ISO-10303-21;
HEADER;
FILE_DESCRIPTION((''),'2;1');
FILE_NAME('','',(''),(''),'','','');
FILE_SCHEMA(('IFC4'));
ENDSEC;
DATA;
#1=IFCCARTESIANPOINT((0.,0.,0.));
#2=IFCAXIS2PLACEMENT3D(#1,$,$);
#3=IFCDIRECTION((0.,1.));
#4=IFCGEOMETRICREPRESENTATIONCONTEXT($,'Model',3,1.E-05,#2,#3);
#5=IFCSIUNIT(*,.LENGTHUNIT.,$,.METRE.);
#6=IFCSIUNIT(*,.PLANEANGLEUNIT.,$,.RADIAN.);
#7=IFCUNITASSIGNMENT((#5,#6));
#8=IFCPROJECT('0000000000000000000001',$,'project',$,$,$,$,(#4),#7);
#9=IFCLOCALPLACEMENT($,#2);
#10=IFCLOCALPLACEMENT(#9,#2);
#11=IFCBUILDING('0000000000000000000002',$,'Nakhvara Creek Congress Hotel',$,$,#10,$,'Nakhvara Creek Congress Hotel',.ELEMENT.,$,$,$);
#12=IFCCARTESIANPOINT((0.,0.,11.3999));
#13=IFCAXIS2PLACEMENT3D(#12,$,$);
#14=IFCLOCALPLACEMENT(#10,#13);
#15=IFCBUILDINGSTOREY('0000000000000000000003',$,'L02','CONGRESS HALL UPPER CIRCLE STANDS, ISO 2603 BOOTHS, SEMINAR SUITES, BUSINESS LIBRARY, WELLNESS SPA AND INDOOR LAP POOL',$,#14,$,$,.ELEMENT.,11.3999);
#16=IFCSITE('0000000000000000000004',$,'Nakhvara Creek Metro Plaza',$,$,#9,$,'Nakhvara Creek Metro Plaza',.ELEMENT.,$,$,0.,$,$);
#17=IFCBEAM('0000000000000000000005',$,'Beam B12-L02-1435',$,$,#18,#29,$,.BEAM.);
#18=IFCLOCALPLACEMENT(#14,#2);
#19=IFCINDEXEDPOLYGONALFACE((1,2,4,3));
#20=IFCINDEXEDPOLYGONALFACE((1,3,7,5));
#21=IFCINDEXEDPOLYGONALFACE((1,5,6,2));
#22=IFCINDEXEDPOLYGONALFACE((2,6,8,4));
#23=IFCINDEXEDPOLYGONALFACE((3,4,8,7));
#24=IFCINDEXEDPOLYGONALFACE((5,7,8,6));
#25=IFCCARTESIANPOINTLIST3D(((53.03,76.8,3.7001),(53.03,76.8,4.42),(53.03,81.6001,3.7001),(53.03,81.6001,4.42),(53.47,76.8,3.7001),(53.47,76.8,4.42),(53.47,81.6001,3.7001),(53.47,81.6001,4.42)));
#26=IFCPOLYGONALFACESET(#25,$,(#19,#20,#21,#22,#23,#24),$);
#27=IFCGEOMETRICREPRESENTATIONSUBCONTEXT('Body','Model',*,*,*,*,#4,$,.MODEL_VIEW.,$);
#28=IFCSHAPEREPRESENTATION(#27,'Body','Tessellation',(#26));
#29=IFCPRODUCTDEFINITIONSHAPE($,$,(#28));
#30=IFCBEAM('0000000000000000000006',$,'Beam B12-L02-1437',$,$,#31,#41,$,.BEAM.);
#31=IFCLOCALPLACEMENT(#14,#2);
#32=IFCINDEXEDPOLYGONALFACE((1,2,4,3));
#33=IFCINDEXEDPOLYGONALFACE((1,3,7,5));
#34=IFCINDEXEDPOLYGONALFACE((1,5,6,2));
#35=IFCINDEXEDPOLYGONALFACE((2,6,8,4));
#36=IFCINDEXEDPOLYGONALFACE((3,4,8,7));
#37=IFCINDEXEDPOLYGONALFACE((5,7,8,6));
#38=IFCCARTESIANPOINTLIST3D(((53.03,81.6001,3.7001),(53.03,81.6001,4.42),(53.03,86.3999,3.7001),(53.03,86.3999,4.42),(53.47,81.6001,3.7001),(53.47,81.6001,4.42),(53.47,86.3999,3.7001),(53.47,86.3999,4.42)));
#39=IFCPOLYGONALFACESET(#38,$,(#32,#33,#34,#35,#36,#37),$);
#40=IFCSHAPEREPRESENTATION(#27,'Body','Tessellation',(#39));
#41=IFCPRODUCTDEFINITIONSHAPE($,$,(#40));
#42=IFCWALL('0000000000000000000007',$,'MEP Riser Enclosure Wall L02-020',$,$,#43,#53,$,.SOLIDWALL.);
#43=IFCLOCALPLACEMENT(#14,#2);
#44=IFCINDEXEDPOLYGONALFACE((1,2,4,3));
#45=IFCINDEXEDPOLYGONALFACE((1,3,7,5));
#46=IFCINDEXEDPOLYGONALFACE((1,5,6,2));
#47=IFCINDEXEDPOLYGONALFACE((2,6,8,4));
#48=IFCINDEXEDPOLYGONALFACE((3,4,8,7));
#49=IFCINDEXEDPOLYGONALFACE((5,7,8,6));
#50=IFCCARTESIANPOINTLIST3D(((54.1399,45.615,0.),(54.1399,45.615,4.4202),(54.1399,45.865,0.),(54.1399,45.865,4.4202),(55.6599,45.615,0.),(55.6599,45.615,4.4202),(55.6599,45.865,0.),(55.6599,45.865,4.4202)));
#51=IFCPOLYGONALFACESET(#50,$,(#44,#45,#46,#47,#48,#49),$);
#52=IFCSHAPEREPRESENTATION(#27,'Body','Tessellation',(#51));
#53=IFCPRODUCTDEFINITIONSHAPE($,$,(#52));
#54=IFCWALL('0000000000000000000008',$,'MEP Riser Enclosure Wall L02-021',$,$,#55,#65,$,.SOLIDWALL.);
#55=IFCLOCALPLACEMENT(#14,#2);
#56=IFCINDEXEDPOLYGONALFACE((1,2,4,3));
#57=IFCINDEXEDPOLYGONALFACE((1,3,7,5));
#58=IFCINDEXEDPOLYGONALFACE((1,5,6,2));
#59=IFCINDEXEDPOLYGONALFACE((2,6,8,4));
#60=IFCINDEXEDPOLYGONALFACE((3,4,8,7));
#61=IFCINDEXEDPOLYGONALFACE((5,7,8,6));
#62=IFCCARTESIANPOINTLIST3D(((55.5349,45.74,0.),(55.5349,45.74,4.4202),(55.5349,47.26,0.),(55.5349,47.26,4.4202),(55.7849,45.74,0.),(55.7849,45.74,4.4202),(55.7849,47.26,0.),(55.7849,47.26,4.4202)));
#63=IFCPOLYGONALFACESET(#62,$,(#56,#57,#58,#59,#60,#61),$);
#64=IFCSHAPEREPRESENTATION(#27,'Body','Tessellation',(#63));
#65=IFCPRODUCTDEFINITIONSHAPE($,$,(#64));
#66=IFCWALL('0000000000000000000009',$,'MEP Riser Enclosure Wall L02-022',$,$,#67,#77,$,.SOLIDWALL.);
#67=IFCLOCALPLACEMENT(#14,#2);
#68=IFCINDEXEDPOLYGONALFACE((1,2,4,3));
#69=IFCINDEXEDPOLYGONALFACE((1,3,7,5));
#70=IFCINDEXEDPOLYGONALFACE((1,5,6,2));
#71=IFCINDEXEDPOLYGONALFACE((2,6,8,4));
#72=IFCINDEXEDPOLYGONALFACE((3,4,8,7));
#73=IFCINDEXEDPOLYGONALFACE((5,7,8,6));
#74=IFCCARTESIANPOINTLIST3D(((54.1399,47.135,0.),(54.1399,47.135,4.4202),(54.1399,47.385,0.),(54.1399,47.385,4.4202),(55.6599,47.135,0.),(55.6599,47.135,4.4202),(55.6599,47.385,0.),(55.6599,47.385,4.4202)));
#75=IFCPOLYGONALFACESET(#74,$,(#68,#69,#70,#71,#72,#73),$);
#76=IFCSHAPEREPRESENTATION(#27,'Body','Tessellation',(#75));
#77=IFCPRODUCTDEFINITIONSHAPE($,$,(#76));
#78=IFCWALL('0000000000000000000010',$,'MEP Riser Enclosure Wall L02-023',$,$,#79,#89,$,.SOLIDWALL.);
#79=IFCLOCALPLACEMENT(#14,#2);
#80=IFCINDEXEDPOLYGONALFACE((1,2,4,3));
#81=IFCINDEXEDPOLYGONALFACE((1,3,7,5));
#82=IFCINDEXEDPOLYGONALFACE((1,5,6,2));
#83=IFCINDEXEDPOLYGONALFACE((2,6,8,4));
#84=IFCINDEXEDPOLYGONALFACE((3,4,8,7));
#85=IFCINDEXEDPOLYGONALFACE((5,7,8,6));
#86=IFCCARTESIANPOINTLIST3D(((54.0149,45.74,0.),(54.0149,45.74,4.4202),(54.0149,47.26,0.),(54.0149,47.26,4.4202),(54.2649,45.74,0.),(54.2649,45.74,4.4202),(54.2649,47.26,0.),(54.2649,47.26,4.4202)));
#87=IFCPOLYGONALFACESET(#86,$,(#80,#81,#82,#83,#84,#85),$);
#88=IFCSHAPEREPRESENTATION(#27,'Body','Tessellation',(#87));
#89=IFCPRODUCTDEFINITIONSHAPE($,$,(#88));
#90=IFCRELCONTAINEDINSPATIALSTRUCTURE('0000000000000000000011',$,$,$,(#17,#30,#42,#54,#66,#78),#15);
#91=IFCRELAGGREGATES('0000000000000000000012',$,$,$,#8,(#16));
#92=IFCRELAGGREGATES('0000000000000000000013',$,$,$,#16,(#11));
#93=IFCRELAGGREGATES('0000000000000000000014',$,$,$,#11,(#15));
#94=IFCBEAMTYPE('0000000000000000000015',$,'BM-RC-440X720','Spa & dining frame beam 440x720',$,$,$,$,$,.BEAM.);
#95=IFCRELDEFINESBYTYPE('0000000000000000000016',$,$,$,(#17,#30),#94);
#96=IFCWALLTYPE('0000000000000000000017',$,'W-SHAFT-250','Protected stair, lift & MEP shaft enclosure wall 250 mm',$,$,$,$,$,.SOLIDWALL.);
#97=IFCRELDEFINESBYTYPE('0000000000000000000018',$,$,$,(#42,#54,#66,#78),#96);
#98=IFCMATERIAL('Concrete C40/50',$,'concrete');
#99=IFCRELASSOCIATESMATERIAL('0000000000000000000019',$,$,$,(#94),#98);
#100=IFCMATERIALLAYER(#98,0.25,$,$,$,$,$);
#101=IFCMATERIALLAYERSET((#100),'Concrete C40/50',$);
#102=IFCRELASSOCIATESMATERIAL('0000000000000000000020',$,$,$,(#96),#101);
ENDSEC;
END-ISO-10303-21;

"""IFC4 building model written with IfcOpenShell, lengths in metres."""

from ifc_helpers import new_model, si_unit, direction, frame, frame_2d, origin, origin_2d, place, context, subcontext, project, spatial, rectangle, extrude, material, layer, layer_set, material_profile, profile_set, type_object, element, save


model = new_model("IFC4")

# Units and contexts
model_context = context("Model", 3, precision=1e-05, world=origin(), true_north=direction((0.0, 1.0)))
body_context = subcontext(model_context, "Body", "Model", "MODEL_VIEW")
ifc_project = project(units=[si_unit("LENGTHUNIT", "METRE"), si_unit("PLANEANGLEUNIT", "RADIAN")], contexts=[model_context])

# Site, building, storey
site_placement = place(None, origin())
site = spatial("IfcSite", under=ifc_project, at=site_placement, Name="Nakhvara Creek Metro Plaza", LongName="Nakhvara Creek Metro Plaza", CompositionType="ELEMENT", RefElevation=0.0)
building_placement = place(site_placement, origin())
building = spatial("IfcBuilding", under=site, at=building_placement, Name="Nakhvara Creek Congress Hotel", LongName="Nakhvara Creek Congress Hotel", CompositionType="ELEMENT")
storey_placement = place(building_placement, frame((0.0, 0.0, 11.3999)))
storey = spatial("IfcBuildingStorey", under=building, at=storey_placement, Name="L02", Description="CONGRESS HALL UPPER CIRCLE STANDS, ISO 2603 BOOTHS, SEMINAR SUITES, BUSINESS LIBRARY, WELLNESS SPA AND INDOOR LAP POOL", CompositionType="ELEMENT", Elevation=11.3999)

# Beams
ifc_material_1 = material(Name="Concrete C40/50", Category="concrete")
ifc_material_profile_1 = material_profile(ifc_material_1, rectangle(XDim=0.4399, YDim=0.72, at=origin_2d()), Name="RC-BM 440x720", Category="LoadBearing")
ifc_profile_set_1 = profile_set([ifc_material_profile_1], Name="Concrete C40/50")
beam_type = type_object("IfcBeamType", Name="BM-RC-440X720", Description="Spa & dining frame beam 440x720", PredefinedType="BEAM", material=ifc_profile_set_1)
for number, where, z_axis, x_axis, name in (
    (1, (53.25, 76.8, 4.0601), (0.0, 1.0, 0.0), (-1.0, 0.0, 0.0), "Beam B12-L02-1435"),
):
    element("IfcBeam", number, at=place(storey_placement, frame(where, z_axis=z_axis, x_axis=x_axis)), inside=storey, type_object=beam_type, Name=name, PredefinedType="BEAM", context=body_context, shape_type="SweptSolid", body=[
        extrude(rectangle(XDim=0.4399, YDim=0.72, at=origin_2d()), origin(), (0.0, 0.0, 1.0), 4.8),
    ])
beam_1_placement = place(storey_placement, frame((53.25, 81.6001, 4.0601), z_axis=(0.0, 1.0, 0.0), x_axis=(-1.0, 0.0, 0.0)))
element("IfcBeam", 2, at=beam_1_placement, inside=storey, type_object=beam_type, Name="Beam B12-L02-1437", PredefinedType="BEAM", context=body_context, shape_type="SweptSolid", body=[
    extrude(rectangle(XDim=0.4399, YDim=0.72, at=origin_2d()), origin(), (0.0, 0.0, 1.0), 4.7998),
])

# Walls
ifc_layer = layer(ifc_material_1, 0.25)
ifc_layer_set = layer_set([ifc_layer], Name="Concrete C40/50")
wall_type = type_object("IfcWallType", Name="W-SHAFT-250", Description="Protected stair, lift & MEP shaft enclosure wall 250 mm", PredefinedType="SOLIDWALL", material=ifc_layer_set)
for number, where, z_axis, x_axis, name in (
    (3, (54.1399, 45.74, 0.0), (0.0, 0.0, 1.0), (1.0, 0.0, 0.0), "MEP Riser Enclosure Wall L02-020"),
    (4, (55.6599, 45.74, 0.0), (0.0, 0.0, 1.0), (0.0, 1.0, 0.0), "MEP Riser Enclosure Wall L02-021"),
    (5, (55.6599, 47.26, 0.0), (0.0, 0.0, 1.0), (-1.0, 0.0, 0.0), "MEP Riser Enclosure Wall L02-022"),
    (6, (54.1399, 47.26, 0.0), (0.0, 0.0, 1.0), (0.0, -1.0, 0.0), "MEP Riser Enclosure Wall L02-023"),
):
    element("IfcWall", number, at=place(storey_placement, frame(where, z_axis=z_axis, x_axis=x_axis)), inside=storey, type_object=wall_type, Name=name, PredefinedType="SOLIDWALL", context=body_context, shape_type="SweptSolid", body=[
        extrude(rectangle(XDim=1.52, YDim=0.25, at=frame_2d((0.76, 0.0))), origin(), (0.0, 0.0, 1.0), 4.4202),
    ])

save(model, "model.ifc")
